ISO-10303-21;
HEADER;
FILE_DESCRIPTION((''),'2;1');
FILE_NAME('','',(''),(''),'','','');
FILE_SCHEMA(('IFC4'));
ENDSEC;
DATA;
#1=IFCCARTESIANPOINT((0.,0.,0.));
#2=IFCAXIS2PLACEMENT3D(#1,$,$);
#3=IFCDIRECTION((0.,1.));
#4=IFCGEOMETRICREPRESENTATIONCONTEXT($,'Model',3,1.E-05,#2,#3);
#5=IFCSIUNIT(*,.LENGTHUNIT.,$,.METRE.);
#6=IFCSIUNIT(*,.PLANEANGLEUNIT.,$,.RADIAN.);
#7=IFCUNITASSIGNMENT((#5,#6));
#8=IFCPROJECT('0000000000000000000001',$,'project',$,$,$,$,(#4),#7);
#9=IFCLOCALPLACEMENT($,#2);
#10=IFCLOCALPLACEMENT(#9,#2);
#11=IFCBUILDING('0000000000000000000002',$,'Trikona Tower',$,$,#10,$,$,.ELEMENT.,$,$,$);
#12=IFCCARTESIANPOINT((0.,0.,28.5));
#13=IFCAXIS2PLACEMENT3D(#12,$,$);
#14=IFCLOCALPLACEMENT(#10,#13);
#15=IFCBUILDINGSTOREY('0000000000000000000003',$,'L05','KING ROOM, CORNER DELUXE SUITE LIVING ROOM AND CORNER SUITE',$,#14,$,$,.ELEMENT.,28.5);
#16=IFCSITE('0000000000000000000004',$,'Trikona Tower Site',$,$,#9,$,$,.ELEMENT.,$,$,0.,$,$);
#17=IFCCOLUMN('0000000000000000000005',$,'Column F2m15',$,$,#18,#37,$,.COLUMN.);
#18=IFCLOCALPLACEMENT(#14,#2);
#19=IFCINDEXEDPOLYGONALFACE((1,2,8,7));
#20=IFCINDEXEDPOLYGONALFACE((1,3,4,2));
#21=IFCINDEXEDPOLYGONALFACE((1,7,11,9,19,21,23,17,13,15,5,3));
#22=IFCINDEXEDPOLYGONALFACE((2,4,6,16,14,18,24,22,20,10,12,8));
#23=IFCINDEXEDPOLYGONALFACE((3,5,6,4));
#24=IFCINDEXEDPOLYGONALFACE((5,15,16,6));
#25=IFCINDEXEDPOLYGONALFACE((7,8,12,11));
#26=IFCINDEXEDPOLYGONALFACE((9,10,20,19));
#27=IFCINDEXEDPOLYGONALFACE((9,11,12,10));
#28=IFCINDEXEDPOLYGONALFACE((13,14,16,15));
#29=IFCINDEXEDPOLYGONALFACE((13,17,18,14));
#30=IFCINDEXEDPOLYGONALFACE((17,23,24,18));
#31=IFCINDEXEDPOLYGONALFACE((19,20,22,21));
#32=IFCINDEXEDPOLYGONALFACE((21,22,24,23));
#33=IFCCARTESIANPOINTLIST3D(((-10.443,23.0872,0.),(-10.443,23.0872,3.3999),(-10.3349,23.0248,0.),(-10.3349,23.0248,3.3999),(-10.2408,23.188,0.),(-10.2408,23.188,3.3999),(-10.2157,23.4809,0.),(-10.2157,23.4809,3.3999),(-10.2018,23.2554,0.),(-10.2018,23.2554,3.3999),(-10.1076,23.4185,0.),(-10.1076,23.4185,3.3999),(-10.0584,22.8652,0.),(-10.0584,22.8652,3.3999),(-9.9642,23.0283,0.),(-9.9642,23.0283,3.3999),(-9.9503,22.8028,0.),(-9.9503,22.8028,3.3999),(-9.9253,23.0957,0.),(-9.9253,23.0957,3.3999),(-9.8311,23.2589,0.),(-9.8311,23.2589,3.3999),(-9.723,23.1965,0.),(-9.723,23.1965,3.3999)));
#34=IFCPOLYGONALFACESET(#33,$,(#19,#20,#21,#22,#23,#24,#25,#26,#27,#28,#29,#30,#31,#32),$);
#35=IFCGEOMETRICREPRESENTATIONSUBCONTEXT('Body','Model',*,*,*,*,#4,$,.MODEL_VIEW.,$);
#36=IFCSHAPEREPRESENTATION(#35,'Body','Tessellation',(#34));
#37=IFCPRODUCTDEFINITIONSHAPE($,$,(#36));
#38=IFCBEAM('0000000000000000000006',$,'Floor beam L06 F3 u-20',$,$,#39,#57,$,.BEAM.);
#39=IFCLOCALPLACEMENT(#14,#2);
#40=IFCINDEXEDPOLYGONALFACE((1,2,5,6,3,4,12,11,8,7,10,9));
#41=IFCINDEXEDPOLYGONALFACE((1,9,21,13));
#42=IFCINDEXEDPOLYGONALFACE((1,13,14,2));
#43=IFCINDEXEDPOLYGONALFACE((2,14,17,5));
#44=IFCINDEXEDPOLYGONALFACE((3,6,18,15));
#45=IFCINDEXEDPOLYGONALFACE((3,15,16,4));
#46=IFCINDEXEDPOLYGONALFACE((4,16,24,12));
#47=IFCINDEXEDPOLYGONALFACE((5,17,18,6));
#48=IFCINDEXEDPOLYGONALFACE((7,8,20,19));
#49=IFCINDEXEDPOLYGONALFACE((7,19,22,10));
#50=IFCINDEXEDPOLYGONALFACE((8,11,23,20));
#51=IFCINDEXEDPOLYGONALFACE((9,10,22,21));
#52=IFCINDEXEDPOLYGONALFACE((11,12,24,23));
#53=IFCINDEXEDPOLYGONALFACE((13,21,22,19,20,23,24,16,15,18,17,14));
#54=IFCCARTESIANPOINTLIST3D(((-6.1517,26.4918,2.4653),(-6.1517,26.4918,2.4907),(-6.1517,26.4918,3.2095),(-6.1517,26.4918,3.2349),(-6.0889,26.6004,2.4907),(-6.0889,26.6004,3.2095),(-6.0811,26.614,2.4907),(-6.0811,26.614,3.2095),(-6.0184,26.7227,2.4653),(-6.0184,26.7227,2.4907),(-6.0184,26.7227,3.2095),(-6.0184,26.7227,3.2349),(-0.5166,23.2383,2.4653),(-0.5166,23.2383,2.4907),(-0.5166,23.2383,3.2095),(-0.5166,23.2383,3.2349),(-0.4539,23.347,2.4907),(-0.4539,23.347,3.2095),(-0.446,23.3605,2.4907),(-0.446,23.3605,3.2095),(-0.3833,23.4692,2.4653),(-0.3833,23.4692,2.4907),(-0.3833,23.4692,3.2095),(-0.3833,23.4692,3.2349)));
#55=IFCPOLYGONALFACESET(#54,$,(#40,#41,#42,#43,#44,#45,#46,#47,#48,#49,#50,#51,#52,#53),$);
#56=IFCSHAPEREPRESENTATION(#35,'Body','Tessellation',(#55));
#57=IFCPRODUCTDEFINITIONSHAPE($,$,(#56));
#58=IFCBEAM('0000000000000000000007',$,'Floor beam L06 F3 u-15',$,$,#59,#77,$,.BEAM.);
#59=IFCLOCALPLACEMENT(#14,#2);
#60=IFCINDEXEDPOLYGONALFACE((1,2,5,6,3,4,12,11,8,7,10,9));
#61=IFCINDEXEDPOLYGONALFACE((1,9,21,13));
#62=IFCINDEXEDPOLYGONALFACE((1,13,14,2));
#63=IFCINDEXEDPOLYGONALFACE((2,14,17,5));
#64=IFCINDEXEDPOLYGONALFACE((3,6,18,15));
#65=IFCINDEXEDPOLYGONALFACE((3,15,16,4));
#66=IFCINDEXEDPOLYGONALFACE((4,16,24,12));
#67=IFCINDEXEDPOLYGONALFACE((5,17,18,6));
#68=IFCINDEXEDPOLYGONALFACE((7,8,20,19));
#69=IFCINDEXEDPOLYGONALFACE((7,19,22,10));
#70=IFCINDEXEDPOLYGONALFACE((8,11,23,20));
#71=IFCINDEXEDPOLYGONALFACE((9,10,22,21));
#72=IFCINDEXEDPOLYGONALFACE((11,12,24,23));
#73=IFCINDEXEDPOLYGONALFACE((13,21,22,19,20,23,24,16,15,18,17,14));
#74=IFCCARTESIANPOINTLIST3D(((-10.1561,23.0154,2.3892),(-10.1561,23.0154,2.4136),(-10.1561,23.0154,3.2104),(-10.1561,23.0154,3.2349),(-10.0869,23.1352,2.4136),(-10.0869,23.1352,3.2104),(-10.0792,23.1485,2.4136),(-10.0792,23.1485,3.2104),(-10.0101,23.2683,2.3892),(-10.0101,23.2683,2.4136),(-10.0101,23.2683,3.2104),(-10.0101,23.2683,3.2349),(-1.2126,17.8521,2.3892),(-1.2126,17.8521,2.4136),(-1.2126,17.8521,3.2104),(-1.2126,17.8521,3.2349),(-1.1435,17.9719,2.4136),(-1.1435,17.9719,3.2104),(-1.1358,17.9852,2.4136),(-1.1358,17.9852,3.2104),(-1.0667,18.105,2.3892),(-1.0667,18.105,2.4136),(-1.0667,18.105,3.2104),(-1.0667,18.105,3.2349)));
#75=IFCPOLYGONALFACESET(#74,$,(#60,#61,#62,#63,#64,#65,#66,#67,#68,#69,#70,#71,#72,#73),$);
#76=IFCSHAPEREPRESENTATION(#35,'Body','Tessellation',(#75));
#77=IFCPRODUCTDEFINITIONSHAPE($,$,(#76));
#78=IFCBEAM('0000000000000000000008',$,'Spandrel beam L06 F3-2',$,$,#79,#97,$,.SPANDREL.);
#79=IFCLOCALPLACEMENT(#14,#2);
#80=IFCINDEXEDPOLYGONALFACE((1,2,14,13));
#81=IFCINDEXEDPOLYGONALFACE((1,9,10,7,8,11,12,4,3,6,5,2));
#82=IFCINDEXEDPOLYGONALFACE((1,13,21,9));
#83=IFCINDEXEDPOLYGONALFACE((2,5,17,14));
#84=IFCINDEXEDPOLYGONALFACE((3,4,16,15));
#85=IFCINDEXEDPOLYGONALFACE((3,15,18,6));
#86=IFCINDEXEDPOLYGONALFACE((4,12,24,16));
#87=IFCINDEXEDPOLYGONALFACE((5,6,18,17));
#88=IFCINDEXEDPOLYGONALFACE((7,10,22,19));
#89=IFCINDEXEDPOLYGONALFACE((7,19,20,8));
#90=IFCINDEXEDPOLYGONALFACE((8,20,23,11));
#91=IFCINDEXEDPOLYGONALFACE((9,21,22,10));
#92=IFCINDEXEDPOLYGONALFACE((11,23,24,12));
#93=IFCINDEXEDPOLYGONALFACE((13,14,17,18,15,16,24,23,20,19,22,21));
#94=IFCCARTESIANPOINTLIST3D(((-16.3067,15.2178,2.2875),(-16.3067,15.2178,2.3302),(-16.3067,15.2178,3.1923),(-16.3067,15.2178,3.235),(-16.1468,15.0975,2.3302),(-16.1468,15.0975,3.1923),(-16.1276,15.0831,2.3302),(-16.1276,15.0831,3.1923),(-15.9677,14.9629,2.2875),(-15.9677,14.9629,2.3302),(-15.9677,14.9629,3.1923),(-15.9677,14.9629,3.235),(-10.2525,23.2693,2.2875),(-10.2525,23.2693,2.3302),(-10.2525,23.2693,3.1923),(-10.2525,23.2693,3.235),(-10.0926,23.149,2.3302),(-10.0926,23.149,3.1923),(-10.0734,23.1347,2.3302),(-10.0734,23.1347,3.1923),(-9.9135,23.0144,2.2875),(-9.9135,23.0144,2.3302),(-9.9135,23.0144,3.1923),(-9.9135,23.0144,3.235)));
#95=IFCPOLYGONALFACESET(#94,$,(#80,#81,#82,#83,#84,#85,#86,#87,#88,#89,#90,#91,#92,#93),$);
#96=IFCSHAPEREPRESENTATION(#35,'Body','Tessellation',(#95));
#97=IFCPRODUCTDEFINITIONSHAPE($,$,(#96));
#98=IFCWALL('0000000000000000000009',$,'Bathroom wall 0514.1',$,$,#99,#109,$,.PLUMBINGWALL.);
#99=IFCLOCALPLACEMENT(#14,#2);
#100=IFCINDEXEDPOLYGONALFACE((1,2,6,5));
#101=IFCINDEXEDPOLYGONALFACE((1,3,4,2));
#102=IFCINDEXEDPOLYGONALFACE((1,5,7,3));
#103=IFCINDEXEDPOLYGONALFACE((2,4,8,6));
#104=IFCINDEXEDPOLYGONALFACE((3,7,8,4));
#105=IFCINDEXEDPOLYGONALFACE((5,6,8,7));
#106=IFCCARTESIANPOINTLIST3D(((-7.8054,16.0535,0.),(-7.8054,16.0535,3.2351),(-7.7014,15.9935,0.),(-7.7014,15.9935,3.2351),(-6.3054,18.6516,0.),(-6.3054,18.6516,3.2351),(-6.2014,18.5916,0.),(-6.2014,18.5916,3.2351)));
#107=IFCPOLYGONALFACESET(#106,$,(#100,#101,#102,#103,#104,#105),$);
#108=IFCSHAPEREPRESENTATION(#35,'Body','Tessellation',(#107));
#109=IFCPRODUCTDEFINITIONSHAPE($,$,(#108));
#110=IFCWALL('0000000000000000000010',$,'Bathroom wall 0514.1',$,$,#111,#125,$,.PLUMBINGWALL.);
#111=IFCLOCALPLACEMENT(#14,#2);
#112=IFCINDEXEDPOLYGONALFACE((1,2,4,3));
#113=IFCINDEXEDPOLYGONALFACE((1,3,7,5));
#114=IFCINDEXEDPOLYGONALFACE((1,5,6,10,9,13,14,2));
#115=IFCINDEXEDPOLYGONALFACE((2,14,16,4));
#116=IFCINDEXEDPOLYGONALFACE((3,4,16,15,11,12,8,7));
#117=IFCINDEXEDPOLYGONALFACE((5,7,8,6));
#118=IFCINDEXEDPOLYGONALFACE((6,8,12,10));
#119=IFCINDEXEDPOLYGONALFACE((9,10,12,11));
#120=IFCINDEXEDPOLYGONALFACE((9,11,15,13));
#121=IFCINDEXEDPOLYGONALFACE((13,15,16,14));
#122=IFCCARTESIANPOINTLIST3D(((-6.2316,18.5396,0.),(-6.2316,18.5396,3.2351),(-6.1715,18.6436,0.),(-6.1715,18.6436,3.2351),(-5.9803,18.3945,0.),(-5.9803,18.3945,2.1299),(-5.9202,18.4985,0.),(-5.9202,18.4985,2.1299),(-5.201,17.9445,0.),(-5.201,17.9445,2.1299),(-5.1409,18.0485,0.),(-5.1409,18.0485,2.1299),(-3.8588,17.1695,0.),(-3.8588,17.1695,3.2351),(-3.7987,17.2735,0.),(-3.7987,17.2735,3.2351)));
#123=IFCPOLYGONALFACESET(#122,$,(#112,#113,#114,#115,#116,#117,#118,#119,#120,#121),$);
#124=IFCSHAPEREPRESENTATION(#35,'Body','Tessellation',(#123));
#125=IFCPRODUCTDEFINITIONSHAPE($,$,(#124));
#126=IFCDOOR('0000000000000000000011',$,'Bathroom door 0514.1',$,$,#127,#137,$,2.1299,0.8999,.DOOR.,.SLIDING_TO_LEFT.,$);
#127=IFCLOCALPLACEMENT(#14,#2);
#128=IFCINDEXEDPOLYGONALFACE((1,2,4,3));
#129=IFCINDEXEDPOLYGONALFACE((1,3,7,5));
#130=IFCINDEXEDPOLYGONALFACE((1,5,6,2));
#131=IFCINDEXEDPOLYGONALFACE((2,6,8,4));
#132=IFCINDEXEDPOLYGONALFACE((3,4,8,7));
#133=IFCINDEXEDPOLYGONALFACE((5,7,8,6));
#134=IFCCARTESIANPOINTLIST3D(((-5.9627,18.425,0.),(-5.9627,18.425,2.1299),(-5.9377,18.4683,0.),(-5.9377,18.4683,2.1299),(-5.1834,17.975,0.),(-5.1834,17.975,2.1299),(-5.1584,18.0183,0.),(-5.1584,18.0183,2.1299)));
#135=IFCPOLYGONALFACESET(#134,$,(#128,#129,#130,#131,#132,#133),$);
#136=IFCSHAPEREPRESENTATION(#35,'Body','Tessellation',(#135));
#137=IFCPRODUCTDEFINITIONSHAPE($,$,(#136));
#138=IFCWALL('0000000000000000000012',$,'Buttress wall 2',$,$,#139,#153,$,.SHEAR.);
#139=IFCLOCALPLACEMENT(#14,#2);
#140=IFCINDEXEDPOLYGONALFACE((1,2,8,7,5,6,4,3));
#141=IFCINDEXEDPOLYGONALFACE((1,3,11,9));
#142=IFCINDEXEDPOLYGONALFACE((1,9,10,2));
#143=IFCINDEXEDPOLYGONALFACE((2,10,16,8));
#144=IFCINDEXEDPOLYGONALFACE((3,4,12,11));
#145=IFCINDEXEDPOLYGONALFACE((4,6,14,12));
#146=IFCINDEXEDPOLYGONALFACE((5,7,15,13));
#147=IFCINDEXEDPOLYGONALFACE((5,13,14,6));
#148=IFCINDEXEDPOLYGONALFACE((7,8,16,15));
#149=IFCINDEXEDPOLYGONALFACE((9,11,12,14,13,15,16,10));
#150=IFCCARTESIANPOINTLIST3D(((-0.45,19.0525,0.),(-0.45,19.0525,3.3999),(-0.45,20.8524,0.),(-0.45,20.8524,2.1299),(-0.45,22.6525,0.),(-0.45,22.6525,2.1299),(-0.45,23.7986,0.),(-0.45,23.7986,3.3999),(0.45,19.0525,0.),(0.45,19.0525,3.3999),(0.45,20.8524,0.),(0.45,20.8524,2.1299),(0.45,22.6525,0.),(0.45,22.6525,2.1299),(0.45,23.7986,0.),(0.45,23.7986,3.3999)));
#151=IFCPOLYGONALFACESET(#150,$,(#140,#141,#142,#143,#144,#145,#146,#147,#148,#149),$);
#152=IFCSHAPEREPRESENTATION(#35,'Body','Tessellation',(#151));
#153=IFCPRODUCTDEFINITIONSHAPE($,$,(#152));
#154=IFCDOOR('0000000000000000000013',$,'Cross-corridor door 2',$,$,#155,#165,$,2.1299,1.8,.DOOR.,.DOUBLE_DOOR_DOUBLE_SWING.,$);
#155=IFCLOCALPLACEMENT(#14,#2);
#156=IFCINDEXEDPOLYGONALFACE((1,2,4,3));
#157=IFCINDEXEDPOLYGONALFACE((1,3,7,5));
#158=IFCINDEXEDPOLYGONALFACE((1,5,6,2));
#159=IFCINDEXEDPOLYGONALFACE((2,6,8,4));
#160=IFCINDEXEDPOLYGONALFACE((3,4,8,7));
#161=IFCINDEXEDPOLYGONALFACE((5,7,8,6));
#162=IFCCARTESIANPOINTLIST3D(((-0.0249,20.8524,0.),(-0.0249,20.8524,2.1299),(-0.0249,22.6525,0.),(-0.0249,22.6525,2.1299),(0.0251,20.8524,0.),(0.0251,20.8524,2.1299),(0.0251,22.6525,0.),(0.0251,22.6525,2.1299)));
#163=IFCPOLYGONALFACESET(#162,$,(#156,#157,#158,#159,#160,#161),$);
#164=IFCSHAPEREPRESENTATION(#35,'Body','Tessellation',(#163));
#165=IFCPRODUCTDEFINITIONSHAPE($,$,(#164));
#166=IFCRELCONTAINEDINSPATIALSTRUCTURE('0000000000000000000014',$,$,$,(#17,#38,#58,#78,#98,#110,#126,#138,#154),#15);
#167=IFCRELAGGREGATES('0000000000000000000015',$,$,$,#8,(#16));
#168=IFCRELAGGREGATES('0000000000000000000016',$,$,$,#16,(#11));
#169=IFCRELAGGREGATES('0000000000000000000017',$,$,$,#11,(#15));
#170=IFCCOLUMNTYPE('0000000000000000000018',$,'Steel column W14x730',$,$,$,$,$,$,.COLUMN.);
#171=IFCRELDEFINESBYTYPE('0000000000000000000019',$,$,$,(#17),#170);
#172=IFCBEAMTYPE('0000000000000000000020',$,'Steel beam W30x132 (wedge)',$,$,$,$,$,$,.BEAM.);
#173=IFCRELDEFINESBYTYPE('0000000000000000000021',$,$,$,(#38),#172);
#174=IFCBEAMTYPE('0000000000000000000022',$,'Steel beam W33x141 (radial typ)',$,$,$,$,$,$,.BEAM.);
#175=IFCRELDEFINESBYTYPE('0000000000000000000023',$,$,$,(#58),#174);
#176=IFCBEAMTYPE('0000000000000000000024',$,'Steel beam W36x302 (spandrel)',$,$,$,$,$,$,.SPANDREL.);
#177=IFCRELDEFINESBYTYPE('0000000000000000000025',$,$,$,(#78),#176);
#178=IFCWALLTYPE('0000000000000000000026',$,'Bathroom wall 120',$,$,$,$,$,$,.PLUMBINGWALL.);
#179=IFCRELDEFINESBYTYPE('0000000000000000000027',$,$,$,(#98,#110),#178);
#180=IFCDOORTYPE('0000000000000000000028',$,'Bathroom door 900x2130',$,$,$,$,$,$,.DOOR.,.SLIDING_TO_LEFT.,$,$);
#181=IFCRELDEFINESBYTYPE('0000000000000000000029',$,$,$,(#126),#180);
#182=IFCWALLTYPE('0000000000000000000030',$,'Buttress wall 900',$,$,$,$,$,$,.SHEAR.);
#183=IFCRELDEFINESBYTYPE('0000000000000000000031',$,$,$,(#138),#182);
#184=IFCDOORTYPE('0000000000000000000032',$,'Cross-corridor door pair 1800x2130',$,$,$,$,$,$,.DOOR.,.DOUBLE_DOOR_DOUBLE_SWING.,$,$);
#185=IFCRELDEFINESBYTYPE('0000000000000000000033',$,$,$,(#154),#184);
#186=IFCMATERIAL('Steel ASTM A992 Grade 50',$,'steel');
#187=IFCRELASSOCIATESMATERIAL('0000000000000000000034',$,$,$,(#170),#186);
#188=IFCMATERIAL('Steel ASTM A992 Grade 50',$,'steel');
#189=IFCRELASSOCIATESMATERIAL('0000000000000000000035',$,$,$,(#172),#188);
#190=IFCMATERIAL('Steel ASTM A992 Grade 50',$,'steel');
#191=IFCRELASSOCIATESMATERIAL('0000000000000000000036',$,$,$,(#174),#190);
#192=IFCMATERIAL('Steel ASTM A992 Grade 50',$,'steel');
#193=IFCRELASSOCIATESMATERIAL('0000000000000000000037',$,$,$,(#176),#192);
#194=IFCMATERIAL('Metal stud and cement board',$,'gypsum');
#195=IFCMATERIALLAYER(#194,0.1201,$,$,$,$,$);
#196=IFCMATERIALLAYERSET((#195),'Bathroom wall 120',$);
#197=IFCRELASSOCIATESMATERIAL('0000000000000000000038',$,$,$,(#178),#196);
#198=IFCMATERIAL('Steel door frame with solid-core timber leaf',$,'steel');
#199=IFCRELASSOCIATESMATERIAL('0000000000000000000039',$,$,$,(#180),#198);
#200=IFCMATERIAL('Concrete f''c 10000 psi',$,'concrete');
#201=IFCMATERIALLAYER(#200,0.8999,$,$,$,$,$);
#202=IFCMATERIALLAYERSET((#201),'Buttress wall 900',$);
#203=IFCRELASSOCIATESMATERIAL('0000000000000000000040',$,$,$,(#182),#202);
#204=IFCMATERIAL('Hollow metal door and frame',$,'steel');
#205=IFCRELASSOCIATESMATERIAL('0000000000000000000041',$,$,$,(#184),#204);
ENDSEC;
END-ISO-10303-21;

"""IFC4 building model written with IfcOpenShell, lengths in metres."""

from ifc_helpers import new_model, si_unit, direction, frame, frame_2d, origin, origin_2d, place, context, subcontext, project, spatial, rectangle, i_section, extrude, material, layer, layer_set, material_profile, profile_set, type_object, element, fill, save


model = new_model("IFC4")

# Units and contexts
model_context = context("Model", 3, precision=1e-05, world=origin(), true_north=direction((0.0, 1.0)))
body_context = subcontext(model_context, "Body", "Model", "MODEL_VIEW")
ifc_project = project(units=[si_unit("LENGTHUNIT", "METRE"), si_unit("PLANEANGLEUNIT", "RADIAN")], contexts=[model_context])

# Site, building, storey
site_placement = place(None, origin())
site = spatial("IfcSite", under=ifc_project, at=site_placement, Name="Trikona Tower Site", CompositionType="ELEMENT", RefElevation=0.0)
building_placement = place(site_placement, origin())
building = spatial("IfcBuilding", under=site, at=building_placement, Name="Trikona Tower", CompositionType="ELEMENT")
storey_placement = place(building_placement, frame((0.0, 0.0, 28.5)))
storey = spatial("IfcBuildingStorey", under=building, at=storey_placement, Name="L05", Description="KING ROOM, CORNER DELUXE SUITE LIVING ROOM AND CORNER SUITE", CompositionType="ELEMENT", Elevation=28.5)

# Column
ifc_material_1 = material(Name="Steel ASTM A992 Grade 50", Category="steel")
ifc_material_profile_1 = material_profile(ifc_material_1, i_section(OverallWidth=0.4546, OverallDepth=0.5688, WebThickness=0.0779, FlangeThickness=0.1248, at=origin_2d()), Name="W14X730")
ifc_profile_set_1 = profile_set([ifc_material_profile_1], Name="Steel ASTM A992 Grade 50")
column_type = type_object("IfcColumnType", Name="Steel column W14x730", PredefinedType="COLUMN", material=ifc_profile_set_1)
column_placement = place(storey_placement, frame((-10.083, 23.1418, 0.0), z_axis=(0.0, 0.0, 1.0), x_axis=(-0.5, -0.866025, 0.0)))
element("IfcColumn", 1, at=column_placement, inside=storey, type_object=column_type, Name="Column F2m15", PredefinedType="COLUMN", context=body_context, shape_type="SweptSolid", body=[
    extrude(i_section(OverallWidth=0.4546, OverallDepth=0.5688, WebThickness=0.0779, FlangeThickness=0.1248, at=origin_2d()), origin(), (0.0, 0.0, 1.0), 3.3999),
])

# Beams
ifc_material_2 = material(Name="Steel ASTM A992 Grade 50", Category="steel")
ifc_material_profile_2 = material_profile(ifc_material_2, i_section(OverallWidth=0.2666, OverallDepth=0.7695, WebThickness=0.0156, FlangeThickness=0.0254, at=origin_2d()), Name="W30X132")
ifc_profile_set_2 = profile_set([ifc_material_profile_2], Name="Steel ASTM A992 Grade 50")
beam_type_1 = type_object("IfcBeamType", Name="Steel beam W30x132 (wedge)", PredefinedType="BEAM", material=ifc_profile_set_2)
beam_1_placement = place(storey_placement, frame((-0.45, 23.3538, 2.8501), z_axis=(-0.866023, 0.500005, 0.0), x_axis=(-0.500005, -0.866023, 0.0)))
element("IfcBeam", 2, at=beam_1_placement, inside=storey, type_object=beam_type_1, Name="Floor beam L06 F3 u-20", PredefinedType="BEAM", context=body_context, shape_type="SweptSolid", body=[
    extrude(i_section(OverallWidth=0.2666, OverallDepth=0.7695, WebThickness=0.0156, FlangeThickness=0.0254, at=origin_2d()), origin(), (0.0, 0.0, 1.0), 6.5068),
])
ifc_material_3 = material(Name="Steel ASTM A992 Grade 50", Category="steel")
ifc_material_profile_3 = material_profile(ifc_material_3, i_section(OverallWidth=0.292, OverallDepth=0.8457, WebThickness=0.0154, FlangeThickness=0.0244, at=origin_2d()), Name="W33X141")
ifc_profile_set_3 = profile_set([ifc_material_profile_3], Name="Steel ASTM A992 Grade 50")
beam_type_2 = type_object("IfcBeamType", Name="Steel beam W33x141 (radial typ)", PredefinedType="BEAM", material=ifc_profile_set_3)
beam_2_placement = place(storey_placement, frame((-1.1396, 17.9785, 2.812), z_axis=(-0.86603, 0.499991, 0.0), x_axis=(-0.499991, -0.86603, 0.0)))
element("IfcBeam", 3, at=beam_2_placement, inside=storey, type_object=beam_type_2, Name="Floor beam L06 F3 u-15", PredefinedType="BEAM", context=body_context, shape_type="SweptSolid", body=[
    extrude(i_section(OverallWidth=0.292, OverallDepth=0.8457, WebThickness=0.0154, FlangeThickness=0.0244, at=origin_2d()), origin(), (0.0, 0.0, 1.0), 10.3269),
])
ifc_material_4 = material(Name="Steel ASTM A992 Grade 50", Category="steel")
ifc_material_profile_4 = material_profile(ifc_material_4, i_section(OverallWidth=0.4241, OverallDepth=0.9475, WebThickness=0.0239, FlangeThickness=0.0427, at=origin_2d()), Name="W36X302")
ifc_profile_set_4 = profile_set([ifc_material_profile_4], Name="Steel ASTM A992 Grade 50")
beam_type_3 = type_object("IfcBeamType", Name="Steel beam W36x302 (spandrel)", PredefinedType="SPANDREL", material=ifc_profile_set_4)
beam_3_placement = place(storey_placement, frame((-10.083, 23.1418, 2.7612), z_axis=(-0.600988, -0.799258, 0.0), x_axis=(0.799258, -0.600988, 0.0)))
element("IfcBeam", 4, at=beam_3_placement, inside=storey, type_object=beam_type_3, Name="Spandrel beam L06 F3-2", PredefinedType="SPANDREL", context=body_context, shape_type="SweptSolid", body=[
    extrude(i_section(OverallWidth=0.4241, OverallDepth=0.9475, WebThickness=0.0239, FlangeThickness=0.0427, at=origin_2d()), origin(), (0.0, 0.0, 1.0), 10.0737),
])

# Wall
ifc_material_5 = material(Name="Metal stud and cement board", Category="gypsum")
ifc_layer_1 = layer(ifc_material_5, 0.1201)
ifc_layer_set_1 = layer_set([ifc_layer_1], Name="Bathroom wall 120")
wall_type_1 = type_object("IfcWallType", Name="Bathroom wall 120", PredefinedType="PLUMBINGWALL", material=ifc_layer_set_1)
wall_1_placement = place(storey_placement, frame((-6.2534, 18.6216, 0.0), z_axis=(0.0, 0.0, 1.0), x_axis=(-0.49999, -0.866031, 0.0)))
element("IfcWall", 5, at=wall_1_placement, inside=storey, type_object=wall_type_1, Name="Bathroom wall 0514.1", PredefinedType="PLUMBINGWALL", context=body_context, shape_type="SweptSolid", body=[
    extrude(rectangle(XDim=3.0, YDim=0.1201, at=frame_2d((1.5, 0.0))), origin(), (0.0, 0.0, 1.0), 3.2351),
])

# Walls, openings, doors
wall_2_placement = place(storey_placement, frame((-3.8286, 17.2214, 0.0), z_axis=(0.0, 0.0, 1.0), x_axis=(-0.865997, 0.500049, 0.0)))
wall_2 = element("IfcWall", 6, at=wall_2_placement, inside=storey, type_object=wall_type_1, Name="Bathroom wall 0514.1", PredefinedType="PLUMBINGWALL", context=body_context, shape_type="SweptSolid", body=[
    extrude(rectangle(XDim=2.74, YDim=0.1201, at=frame_2d((1.3701, 0.0))), origin(), (0.0, 0.0, 1.0), 3.2351),
])
opening_1_placement = place(wall_2_placement, frame((1.55, 0.0, 0.0)))
opening_1 = element("IfcOpeningElement", 7, at=opening_1_placement, cuts=wall_2, PredefinedType="OPENING", context=body_context, shape_type="SweptSolid", body=[
    extrude(rectangle(XDim=0.8999, YDim=2.1299, at=frame_2d((0.45, 1.0649))), frame((0.0, 0.0701, 0.0), z_axis=(0.0, -1.0, 0.0), x_axis=(1.0, 0.0, 0.0)), (0.0, 0.0, 1.0), 0.1401),
])
ifc_material_6 = material(Name="Steel door frame with solid-core timber leaf", Category="steel")
door_type_1 = type_object("IfcDoorType", Name="Bathroom door 900x2130", OperationType="SLIDING_TO_LEFT", PredefinedType="DOOR", material=ifc_material_6)
door_1_placement = place(opening_1_placement, origin())
door_1 = element("IfcDoor", 8, at=door_1_placement, inside=storey, type_object=door_type_1, Name="Bathroom door 0514.1", OperationType="SLIDING_TO_LEFT", OverallHeight=2.1299, OverallWidth=0.8999, PredefinedType="DOOR", context=body_context, shape_type="SweptSolid", body=[
    extrude(rectangle(XDim=0.8999, YDim=2.1299, at=frame_2d((0.45, 1.0649))), frame((0.0, 0.0249, 0.0), z_axis=(0.0, -1.0, 0.0), x_axis=(1.0, 0.0, 0.0)), (0.0, 0.0, 1.0), 0.05),
])
fill(opening_1, door_1)
ifc_material_7 = material(Name="Concrete f'c 10000 psi", Category="concrete")
ifc_layer_2 = layer(ifc_material_7, 0.8999)
ifc_layer_set_2 = layer_set([ifc_layer_2], Name="Buttress wall 900")
wall_type_2 = type_object("IfcWallType", Name="Buttress wall 900", PredefinedType="SHEAR", material=ifc_layer_set_2)
wall_3_placement = place(storey_placement, frame((0.0, 19.0525, 0.0), z_axis=(0.0, 0.0, 1.0), x_axis=(0.0, 1.0, 0.0)))
wall_3 = element("IfcWall", 9, at=wall_3_placement, inside=storey, type_object=wall_type_2, Name="Buttress wall 2", PredefinedType="SHEAR", context=body_context, shape_type="SweptSolid", body=[
    extrude(rectangle(XDim=4.7461, YDim=0.8999, at=frame_2d((2.373, 0.0))), origin(), (0.0, 0.0, 1.0), 3.3999),
])
opening_2_placement = place(wall_3_placement, frame((1.8, 0.0, 0.0)))
opening_2 = element("IfcOpeningElement", 10, at=opening_2_placement, cuts=wall_3, PredefinedType="OPENING", context=body_context, shape_type="SweptSolid", body=[
    extrude(rectangle(XDim=1.8, YDim=2.1299, at=frame_2d((0.8999, 1.0649))), frame((0.0, 0.46, 0.0), z_axis=(0.0, -1.0, 0.0), x_axis=(1.0, 0.0, 0.0)), (0.0, 0.0, 1.0), 0.9199),
])
ifc_material_8 = material(Name="Hollow metal door and frame", Category="steel")
door_type_2 = type_object("IfcDoorType", Name="Cross-corridor door pair 1800x2130", OperationType="DOUBLE_DOOR_DOUBLE_SWING", PredefinedType="DOOR", material=ifc_material_8)
door_2_placement = place(opening_2_placement, origin())
door_2 = element("IfcDoor", 11, at=door_2_placement, inside=storey, type_object=door_type_2, Name="Cross-corridor door 2", OperationType="DOUBLE_DOOR_DOUBLE_SWING", OverallHeight=2.1299, OverallWidth=1.8, PredefinedType="DOOR", context=body_context, shape_type="SweptSolid", body=[
    extrude(rectangle(XDim=1.8, YDim=2.1299, at=frame_2d((0.8999, 1.0649))), frame((0.0, 0.0249, 0.0), z_axis=(0.0, -1.0, 0.0), x_axis=(1.0, 0.0, 0.0)), (0.0, 0.0, 1.0), 0.05),
])
fill(opening_2, door_2)

save(model, "model.ifc")
